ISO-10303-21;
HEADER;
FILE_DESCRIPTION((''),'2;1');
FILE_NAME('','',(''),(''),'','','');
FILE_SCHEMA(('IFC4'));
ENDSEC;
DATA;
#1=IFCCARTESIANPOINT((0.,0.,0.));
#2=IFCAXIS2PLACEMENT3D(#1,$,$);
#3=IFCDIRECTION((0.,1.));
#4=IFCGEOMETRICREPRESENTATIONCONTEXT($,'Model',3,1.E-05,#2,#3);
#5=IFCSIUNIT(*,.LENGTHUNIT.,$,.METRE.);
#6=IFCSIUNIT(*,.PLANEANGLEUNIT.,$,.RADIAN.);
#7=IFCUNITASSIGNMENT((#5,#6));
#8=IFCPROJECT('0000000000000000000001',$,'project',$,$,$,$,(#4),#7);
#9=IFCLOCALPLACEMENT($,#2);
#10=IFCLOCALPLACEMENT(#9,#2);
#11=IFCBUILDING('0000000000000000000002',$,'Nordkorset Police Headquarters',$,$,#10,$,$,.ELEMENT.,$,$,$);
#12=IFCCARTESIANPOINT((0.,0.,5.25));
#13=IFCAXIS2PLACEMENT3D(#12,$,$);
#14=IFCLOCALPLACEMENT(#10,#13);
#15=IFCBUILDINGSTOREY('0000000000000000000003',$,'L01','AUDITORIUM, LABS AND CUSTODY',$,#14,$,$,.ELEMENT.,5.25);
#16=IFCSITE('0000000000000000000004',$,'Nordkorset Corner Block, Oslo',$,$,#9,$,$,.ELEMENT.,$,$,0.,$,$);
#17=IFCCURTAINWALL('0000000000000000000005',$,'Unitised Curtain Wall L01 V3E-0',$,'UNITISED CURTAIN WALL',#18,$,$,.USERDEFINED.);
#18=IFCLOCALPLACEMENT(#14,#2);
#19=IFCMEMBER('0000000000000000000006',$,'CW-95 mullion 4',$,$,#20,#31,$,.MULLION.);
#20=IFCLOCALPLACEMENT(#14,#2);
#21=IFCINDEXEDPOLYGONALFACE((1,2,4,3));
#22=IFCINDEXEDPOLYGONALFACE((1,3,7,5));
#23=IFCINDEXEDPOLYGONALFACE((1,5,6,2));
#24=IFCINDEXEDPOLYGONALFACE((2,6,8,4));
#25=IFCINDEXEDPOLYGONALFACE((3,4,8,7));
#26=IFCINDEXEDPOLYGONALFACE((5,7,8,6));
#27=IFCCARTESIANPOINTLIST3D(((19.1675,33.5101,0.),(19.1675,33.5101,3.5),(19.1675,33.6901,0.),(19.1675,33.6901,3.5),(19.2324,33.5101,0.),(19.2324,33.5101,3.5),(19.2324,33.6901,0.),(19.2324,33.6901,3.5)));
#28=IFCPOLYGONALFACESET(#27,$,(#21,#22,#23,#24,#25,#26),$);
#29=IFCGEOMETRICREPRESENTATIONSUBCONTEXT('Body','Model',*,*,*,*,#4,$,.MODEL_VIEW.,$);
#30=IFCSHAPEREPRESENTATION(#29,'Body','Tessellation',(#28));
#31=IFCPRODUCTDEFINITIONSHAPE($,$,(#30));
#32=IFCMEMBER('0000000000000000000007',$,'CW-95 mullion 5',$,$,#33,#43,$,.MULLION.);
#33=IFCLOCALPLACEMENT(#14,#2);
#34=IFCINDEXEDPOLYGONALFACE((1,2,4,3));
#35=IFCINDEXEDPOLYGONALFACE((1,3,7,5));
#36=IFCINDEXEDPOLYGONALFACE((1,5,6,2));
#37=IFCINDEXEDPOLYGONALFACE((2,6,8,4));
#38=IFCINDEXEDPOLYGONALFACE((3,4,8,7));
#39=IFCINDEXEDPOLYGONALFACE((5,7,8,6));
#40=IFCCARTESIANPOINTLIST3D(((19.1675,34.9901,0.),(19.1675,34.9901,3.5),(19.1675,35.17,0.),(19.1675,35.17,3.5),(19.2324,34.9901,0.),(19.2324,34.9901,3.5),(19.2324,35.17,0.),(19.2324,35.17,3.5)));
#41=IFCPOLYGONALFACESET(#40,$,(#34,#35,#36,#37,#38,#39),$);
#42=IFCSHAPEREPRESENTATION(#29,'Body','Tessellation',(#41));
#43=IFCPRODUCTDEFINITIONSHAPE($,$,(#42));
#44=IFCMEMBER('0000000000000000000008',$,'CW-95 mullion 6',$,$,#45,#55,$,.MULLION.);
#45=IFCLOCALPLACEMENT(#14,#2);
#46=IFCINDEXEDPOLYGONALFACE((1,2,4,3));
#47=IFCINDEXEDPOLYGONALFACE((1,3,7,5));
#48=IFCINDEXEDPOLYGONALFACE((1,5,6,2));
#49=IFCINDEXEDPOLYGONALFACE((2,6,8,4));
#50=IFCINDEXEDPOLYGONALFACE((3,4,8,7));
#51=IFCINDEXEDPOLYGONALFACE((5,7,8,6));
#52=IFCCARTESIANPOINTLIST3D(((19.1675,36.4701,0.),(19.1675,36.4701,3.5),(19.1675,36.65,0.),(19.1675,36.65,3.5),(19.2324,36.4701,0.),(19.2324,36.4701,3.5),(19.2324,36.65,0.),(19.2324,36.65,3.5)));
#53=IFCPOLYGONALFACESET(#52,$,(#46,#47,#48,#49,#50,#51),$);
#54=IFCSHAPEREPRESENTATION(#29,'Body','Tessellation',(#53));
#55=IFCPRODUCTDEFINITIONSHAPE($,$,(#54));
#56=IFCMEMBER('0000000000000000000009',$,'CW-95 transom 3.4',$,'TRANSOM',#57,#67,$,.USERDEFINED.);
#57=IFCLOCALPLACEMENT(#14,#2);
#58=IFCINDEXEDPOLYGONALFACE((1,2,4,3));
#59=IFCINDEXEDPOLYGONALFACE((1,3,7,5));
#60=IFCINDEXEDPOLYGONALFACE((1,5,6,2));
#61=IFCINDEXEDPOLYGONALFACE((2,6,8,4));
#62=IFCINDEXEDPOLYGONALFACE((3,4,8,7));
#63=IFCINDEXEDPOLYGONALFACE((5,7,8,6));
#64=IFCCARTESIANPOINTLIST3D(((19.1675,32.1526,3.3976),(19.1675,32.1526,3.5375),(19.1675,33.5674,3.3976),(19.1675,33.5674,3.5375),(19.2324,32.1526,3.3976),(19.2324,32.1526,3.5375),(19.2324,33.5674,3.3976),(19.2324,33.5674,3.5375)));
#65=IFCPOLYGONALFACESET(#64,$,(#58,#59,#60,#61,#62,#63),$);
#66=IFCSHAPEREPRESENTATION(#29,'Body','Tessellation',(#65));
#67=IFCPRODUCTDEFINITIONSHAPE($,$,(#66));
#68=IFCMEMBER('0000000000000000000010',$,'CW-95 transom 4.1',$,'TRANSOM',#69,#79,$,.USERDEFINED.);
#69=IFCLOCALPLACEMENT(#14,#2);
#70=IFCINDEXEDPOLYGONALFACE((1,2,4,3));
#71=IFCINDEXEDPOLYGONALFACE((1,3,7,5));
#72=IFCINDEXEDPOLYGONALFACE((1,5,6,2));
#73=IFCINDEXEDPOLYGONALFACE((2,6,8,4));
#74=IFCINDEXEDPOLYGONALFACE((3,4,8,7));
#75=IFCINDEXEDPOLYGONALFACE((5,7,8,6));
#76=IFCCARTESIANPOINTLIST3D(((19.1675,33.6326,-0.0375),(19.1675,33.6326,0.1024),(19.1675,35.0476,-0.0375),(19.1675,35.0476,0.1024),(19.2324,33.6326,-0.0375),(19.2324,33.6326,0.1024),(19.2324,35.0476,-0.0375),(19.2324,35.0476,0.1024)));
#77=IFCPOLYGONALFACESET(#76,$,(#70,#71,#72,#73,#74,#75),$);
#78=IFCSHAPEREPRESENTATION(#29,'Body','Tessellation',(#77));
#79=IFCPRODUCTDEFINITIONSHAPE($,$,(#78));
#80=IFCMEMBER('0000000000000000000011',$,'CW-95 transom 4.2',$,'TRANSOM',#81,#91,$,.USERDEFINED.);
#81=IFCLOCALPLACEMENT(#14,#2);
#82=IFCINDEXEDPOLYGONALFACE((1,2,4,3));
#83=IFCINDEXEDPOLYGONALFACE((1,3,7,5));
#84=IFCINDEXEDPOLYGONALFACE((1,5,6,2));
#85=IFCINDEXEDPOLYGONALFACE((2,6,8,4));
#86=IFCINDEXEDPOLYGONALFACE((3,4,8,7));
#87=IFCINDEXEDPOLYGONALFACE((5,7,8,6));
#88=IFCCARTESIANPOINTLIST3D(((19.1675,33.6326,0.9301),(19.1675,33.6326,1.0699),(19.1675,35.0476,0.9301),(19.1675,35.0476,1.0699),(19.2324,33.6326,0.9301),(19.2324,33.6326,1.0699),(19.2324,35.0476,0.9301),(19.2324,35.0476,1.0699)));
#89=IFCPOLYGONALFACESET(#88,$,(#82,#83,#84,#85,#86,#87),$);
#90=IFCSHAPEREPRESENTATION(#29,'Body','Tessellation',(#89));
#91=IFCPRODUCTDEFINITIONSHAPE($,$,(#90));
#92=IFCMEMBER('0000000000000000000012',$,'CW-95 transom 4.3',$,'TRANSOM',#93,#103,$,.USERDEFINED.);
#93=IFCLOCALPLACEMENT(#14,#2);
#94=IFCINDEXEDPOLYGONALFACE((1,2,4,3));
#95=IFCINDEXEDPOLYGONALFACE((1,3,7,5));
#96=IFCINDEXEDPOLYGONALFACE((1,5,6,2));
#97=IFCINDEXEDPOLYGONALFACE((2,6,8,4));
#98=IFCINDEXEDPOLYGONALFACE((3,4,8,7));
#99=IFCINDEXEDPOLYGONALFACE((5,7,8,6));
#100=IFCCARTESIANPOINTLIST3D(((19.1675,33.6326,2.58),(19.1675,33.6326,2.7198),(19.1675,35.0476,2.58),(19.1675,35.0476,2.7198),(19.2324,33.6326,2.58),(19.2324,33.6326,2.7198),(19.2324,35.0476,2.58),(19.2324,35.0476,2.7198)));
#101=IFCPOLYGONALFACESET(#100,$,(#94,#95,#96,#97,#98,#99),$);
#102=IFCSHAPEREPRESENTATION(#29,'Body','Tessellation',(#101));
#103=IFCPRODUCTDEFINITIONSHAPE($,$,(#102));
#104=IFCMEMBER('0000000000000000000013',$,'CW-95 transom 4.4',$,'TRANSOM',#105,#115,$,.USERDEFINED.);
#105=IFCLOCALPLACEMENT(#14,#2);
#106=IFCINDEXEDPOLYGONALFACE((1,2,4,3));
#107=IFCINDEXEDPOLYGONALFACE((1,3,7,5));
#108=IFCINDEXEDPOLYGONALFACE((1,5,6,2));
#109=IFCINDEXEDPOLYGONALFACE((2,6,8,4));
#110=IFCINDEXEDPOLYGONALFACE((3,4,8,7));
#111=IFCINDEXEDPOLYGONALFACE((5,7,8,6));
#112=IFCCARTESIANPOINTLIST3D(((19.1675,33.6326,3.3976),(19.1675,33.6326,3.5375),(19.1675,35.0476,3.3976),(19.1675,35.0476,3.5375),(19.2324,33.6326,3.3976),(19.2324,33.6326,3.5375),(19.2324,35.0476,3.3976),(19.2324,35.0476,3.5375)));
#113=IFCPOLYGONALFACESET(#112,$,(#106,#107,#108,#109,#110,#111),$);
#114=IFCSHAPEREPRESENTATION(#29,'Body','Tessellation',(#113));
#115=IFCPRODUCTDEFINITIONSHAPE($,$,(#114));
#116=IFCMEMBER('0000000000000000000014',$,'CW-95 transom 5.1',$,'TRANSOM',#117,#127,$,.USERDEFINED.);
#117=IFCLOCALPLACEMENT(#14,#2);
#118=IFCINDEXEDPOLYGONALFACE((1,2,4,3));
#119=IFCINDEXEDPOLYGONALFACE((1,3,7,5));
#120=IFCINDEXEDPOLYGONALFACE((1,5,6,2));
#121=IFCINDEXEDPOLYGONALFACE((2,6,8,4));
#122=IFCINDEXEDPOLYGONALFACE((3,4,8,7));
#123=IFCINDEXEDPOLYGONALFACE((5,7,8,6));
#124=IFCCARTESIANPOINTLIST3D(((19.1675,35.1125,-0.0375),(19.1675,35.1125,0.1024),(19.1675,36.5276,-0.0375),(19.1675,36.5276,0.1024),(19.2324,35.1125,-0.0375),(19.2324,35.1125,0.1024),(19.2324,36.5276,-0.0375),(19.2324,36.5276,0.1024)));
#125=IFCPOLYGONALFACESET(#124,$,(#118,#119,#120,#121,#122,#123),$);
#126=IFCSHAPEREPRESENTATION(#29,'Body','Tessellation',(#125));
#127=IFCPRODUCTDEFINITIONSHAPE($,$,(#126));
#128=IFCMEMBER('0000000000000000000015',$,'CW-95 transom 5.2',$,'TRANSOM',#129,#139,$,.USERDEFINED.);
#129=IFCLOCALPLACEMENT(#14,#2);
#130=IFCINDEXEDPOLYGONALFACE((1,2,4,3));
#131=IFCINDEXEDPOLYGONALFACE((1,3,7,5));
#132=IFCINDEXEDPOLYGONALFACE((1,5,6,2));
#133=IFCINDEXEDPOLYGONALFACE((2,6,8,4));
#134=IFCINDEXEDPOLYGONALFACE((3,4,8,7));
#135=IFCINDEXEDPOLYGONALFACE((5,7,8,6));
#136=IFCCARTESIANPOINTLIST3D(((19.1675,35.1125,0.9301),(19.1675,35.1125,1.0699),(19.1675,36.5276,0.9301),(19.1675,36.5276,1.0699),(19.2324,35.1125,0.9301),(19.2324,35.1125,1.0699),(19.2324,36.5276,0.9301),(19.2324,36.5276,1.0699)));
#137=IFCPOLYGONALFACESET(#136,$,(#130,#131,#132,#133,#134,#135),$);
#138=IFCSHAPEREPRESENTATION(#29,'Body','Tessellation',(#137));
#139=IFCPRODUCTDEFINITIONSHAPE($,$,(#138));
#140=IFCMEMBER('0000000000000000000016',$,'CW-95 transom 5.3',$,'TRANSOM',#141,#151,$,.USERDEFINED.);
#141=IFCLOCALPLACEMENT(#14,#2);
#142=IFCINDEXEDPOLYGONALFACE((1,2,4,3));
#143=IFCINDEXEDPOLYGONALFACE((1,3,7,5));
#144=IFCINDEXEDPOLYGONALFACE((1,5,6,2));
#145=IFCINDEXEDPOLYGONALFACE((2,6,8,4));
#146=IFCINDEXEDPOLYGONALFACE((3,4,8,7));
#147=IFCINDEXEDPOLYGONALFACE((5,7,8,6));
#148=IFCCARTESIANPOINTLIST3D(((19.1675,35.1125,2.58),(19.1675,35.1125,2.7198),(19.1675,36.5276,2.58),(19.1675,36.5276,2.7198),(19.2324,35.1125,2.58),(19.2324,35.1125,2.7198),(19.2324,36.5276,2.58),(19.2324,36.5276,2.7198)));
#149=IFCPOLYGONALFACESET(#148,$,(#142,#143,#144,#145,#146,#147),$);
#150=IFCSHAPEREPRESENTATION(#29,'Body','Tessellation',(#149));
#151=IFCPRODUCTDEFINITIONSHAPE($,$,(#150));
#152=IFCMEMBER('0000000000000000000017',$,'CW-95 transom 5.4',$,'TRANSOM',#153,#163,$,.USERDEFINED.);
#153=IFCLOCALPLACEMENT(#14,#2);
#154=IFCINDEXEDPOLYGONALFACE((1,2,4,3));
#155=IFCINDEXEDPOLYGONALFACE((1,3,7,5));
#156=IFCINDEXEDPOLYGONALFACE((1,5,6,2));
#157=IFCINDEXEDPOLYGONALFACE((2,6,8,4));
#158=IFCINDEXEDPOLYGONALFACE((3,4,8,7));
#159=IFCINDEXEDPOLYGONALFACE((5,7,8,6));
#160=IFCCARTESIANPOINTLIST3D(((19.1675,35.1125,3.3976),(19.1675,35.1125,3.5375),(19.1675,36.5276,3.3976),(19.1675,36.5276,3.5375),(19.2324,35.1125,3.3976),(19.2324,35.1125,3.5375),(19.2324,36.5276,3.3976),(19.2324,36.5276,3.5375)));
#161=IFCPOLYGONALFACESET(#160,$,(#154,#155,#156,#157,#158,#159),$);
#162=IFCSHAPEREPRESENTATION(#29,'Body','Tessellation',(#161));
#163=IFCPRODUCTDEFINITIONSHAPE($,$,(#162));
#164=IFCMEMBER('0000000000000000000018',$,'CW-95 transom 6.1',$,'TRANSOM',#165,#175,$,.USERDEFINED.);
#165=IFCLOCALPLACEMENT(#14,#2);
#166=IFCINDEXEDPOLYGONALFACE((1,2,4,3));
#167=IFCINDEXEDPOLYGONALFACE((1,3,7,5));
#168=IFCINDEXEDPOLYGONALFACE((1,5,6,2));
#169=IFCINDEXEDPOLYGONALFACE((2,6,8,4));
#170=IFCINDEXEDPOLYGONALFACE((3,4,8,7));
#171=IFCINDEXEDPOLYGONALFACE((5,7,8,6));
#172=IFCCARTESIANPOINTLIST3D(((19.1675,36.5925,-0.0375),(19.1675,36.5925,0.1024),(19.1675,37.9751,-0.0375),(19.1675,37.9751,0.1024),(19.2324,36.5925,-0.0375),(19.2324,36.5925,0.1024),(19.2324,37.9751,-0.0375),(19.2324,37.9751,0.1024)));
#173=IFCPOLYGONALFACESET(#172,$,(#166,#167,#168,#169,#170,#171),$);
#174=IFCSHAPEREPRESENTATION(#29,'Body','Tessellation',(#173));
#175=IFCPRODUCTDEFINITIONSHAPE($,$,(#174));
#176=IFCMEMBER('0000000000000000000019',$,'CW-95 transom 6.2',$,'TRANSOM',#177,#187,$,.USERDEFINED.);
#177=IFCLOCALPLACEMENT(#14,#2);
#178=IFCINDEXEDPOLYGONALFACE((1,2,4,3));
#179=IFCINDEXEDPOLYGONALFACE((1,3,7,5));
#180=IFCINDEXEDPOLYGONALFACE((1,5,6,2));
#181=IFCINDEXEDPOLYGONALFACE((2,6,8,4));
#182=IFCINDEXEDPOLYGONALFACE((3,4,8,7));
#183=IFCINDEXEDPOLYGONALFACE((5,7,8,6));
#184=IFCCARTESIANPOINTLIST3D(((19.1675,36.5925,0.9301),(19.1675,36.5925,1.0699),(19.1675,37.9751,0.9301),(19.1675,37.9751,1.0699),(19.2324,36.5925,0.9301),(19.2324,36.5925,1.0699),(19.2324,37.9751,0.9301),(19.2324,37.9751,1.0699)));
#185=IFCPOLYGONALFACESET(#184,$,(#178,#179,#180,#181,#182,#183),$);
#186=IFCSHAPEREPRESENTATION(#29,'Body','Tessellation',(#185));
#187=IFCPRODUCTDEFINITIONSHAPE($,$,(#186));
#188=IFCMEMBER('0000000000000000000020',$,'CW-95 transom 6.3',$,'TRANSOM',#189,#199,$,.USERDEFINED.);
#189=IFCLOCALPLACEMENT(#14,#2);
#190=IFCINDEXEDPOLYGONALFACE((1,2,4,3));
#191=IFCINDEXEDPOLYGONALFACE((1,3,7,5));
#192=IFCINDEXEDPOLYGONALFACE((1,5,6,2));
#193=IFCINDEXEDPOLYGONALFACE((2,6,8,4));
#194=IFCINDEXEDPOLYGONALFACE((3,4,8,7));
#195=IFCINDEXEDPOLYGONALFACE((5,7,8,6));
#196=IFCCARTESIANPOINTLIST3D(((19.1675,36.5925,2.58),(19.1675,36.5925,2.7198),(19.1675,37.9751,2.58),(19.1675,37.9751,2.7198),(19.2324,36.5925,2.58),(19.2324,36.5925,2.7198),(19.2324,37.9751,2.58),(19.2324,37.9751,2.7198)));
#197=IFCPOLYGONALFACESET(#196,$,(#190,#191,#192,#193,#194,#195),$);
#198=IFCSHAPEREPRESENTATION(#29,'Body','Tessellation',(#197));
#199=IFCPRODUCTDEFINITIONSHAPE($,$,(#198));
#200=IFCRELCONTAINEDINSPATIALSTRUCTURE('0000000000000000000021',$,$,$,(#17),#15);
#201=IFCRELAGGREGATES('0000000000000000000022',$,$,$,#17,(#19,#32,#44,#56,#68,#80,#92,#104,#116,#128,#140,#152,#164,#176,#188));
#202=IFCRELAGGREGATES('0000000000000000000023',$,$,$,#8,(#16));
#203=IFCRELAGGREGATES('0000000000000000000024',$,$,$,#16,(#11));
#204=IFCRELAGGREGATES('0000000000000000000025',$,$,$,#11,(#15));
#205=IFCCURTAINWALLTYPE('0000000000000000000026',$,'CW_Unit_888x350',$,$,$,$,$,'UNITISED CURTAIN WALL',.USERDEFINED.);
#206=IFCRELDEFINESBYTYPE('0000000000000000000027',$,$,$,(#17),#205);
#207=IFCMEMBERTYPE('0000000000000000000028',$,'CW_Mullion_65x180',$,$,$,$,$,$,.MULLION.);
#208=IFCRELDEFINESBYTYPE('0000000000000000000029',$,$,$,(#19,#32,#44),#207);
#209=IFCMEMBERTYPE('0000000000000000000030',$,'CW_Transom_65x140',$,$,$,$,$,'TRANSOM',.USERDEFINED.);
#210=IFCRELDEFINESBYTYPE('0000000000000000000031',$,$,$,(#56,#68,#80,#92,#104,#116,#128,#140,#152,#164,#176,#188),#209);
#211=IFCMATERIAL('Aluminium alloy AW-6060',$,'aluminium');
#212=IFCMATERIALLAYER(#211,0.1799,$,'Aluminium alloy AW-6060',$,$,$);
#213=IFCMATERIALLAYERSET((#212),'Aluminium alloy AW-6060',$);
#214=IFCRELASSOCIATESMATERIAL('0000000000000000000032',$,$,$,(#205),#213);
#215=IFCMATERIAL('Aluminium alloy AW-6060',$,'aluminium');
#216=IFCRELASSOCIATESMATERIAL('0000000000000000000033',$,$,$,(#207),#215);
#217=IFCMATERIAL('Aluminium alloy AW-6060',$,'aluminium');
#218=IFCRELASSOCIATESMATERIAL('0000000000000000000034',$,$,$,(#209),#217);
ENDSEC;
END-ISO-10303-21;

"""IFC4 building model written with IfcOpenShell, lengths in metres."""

from ifc_helpers import new_model, si_unit, direction, frame, origin, origin_2d, place, context, subcontext, project, spatial, rectangle, extrude, material, layer, layer_set, material_profile, profile_set, type_object, element, aggregate, save


model = new_model("IFC4")

# Units and contexts
model_context = context("Model", 3, precision=1e-05, world=origin(), true_north=direction((0.0, 1.0)))
body_context = subcontext(model_context, "Body", "Model", "MODEL_VIEW")
ifc_project = project(units=[si_unit("LENGTHUNIT", "METRE"), si_unit("PLANEANGLEUNIT", "RADIAN")], contexts=[model_context])

# Site, building, storey
site_placement = place(None, origin())
site = spatial("IfcSite", under=ifc_project, at=site_placement, Name="Nordkorset Corner Block, Oslo", CompositionType="ELEMENT", RefElevation=0.0)
building_placement = place(site_placement, origin())
building = spatial("IfcBuilding", under=site, at=building_placement, Name="Nordkorset Police Headquarters", CompositionType="ELEMENT")
storey_placement = place(building_placement, frame((0.0, 0.0, 5.25)))
storey = spatial("IfcBuildingStorey", under=building, at=storey_placement, Name="L01", Description="AUDITORIUM, LABS AND CUSTODY", CompositionType="ELEMENT", Elevation=5.25)

# Curtain wall, members
ifc_material_1 = material(Name="Aluminium alloy AW-6060", Category="aluminium")
ifc_layer_1 = layer(ifc_material_1, 0.1799, Name="Aluminium alloy AW-6060")
ifc_layer_set_1 = layer_set([ifc_layer_1], Name="Aluminium alloy AW-6060")
curtain_wall_type = type_object("IfcCurtainWallType", Name="CW_Unit_888x350", ElementType="UNITISED CURTAIN WALL", PredefinedType="USERDEFINED", material=ifc_layer_set_1)
curtain_wall_placement = place(storey_placement, origin())
curtain_wall = element("IfcCurtainWall", 1, at=curtain_wall_placement, inside=storey, type_object=curtain_wall_type, Name="Unitised Curtain Wall L01 V3E-0", ObjectType="UNITISED CURTAIN WALL", PredefinedType="USERDEFINED")
ifc_material_2 = material(Name="Aluminium alloy AW-6060", Category="aluminium")
ifc_material_profile_1 = material_profile(ifc_material_2, rectangle(XDim=0.0649, YDim=0.1799, at=origin_2d()), Name="ALU MULL 65x180")
ifc_profile_set_1 = profile_set([ifc_material_profile_1], Name="Aluminium alloy AW-6060")
member_type_1 = type_object("IfcMemberType", Name="CW_Mullion_65x180", PredefinedType="MULLION", material=ifc_profile_set_1)
member_1_placement = place(storey_placement, frame((19.2, 33.6001, 0.0), z_axis=(0.0, 0.0, 1.0), x_axis=(-1.0, 0.0, 0.0)))
member_1 = element("IfcMember", 2, at=member_1_placement, type_object=member_type_1, Name="CW-95 mullion 4", PredefinedType="MULLION", context=body_context, shape_type="SweptSolid", body=[
    extrude(rectangle(XDim=0.0649, YDim=0.1799, at=origin_2d()), origin(), (0.0, 0.0, 1.0), 3.5),
])
member_2_placement = place(storey_placement, frame((19.2, 35.0801, 0.0), z_axis=(0.0, 0.0, 1.0), x_axis=(-1.0, 0.0, 0.0)))
member_2 = element("IfcMember", 3, at=member_2_placement, type_object=member_type_1, Name="CW-95 mullion 5", PredefinedType="MULLION", context=body_context, shape_type="SweptSolid", body=[
    extrude(rectangle(XDim=0.0649, YDim=0.1799, at=origin_2d()), origin(), (0.0, 0.0, 1.0), 3.5),
])
member_3_placement = place(storey_placement, frame((19.2, 36.5601, 0.0), z_axis=(0.0, 0.0, 1.0), x_axis=(-1.0, 0.0, 0.0)))
member_3 = element("IfcMember", 4, at=member_3_placement, type_object=member_type_1, Name="CW-95 mullion 6", PredefinedType="MULLION", context=body_context, shape_type="SweptSolid", body=[
    extrude(rectangle(XDim=0.0649, YDim=0.1799, at=origin_2d()), origin(), (0.0, 0.0, 1.0), 3.5),
])
ifc_material_3 = material(Name="Aluminium alloy AW-6060", Category="aluminium")
ifc_material_profile_2 = material_profile(ifc_material_3, rectangle(XDim=0.0649, YDim=0.1399, at=origin_2d()), Name="ALU TRAN 65x140")
ifc_profile_set_2 = profile_set([ifc_material_profile_2], Name="Aluminium alloy AW-6060")
member_type_2 = type_object("IfcMemberType", Name="CW_Transom_65x140", ElementType="TRANSOM", PredefinedType="USERDEFINED", material=ifc_profile_set_2)
member_4_placement = place(storey_placement, frame((19.2, 32.1526, 3.4675), z_axis=(0.0, 1.0, 0.0), x_axis=(-1.0, 0.0, 0.0)))
member_4 = element("IfcMember", 5, at=member_4_placement, type_object=member_type_2, Name="CW-95 transom 3.4", ObjectType="TRANSOM", PredefinedType="USERDEFINED", context=body_context, shape_type="SweptSolid", body=[
    extrude(rectangle(XDim=0.0649, YDim=0.1399, at=origin_2d()), origin(), (0.0, 0.0, 1.0), 1.4148),
])
member_5_placement = place(storey_placement, frame((19.2, 33.6326, 0.0325), z_axis=(0.0, 1.0, 0.0), x_axis=(-1.0, 0.0, 0.0)))
member_5 = element("IfcMember", 6, at=member_5_placement, type_object=member_type_2, Name="CW-95 transom 4.1", ObjectType="TRANSOM", PredefinedType="USERDEFINED", context=body_context, shape_type="SweptSolid", body=[
    extrude(rectangle(XDim=0.0649, YDim=0.1399, at=origin_2d()), origin(), (0.0, 0.0, 1.0), 1.415),
])
member_6_placement = place(storey_placement, frame((19.2, 33.6326, 1.0), z_axis=(0.0, 1.0, 0.0), x_axis=(-1.0, 0.0, 0.0)))
member_6 = element("IfcMember", 7, at=member_6_placement, type_object=member_type_2, Name="CW-95 transom 4.2", ObjectType="TRANSOM", PredefinedType="USERDEFINED", context=body_context, shape_type="SweptSolid", body=[
    extrude(rectangle(XDim=0.0649, YDim=0.1399, at=origin_2d()), origin(), (0.0, 0.0, 1.0), 1.415),
])
member_7_placement = place(storey_placement, frame((19.2, 33.6326, 2.6499), z_axis=(0.0, 1.0, 0.0), x_axis=(-1.0, 0.0, 0.0)))
member_7 = element("IfcMember", 8, at=member_7_placement, type_object=member_type_2, Name="CW-95 transom 4.3", ObjectType="TRANSOM", PredefinedType="USERDEFINED", context=body_context, shape_type="SweptSolid", body=[
    extrude(rectangle(XDim=0.0649, YDim=0.1399, at=origin_2d()), origin(), (0.0, 0.0, 1.0), 1.415),
])
member_8_placement = place(storey_placement, frame((19.2, 33.6326, 3.4675), z_axis=(0.0, 1.0, 0.0), x_axis=(-1.0, 0.0, 0.0)))
member_8 = element("IfcMember", 9, at=member_8_placement, type_object=member_type_2, Name="CW-95 transom 4.4", ObjectType="TRANSOM", PredefinedType="USERDEFINED", context=body_context, shape_type="SweptSolid", body=[
    extrude(rectangle(XDim=0.0649, YDim=0.1399, at=origin_2d()), origin(), (0.0, 0.0, 1.0), 1.415),
])
member_9_placement = place(storey_placement, frame((19.2, 35.1125, 0.0325), z_axis=(0.0, 1.0, 0.0), x_axis=(-1.0, 0.0, 0.0)))
member_9 = element("IfcMember", 10, at=member_9_placement, type_object=member_type_2, Name="CW-95 transom 5.1", ObjectType="TRANSOM", PredefinedType="USERDEFINED", context=body_context, shape_type="SweptSolid", body=[
    extrude(rectangle(XDim=0.0649, YDim=0.1399, at=origin_2d()), origin(), (0.0, 0.0, 1.0), 1.415),
])
member_10_placement = place(storey_placement, frame((19.2, 35.1125, 1.0), z_axis=(0.0, 1.0, 0.0), x_axis=(-1.0, 0.0, 0.0)))
member_10 = element("IfcMember", 11, at=member_10_placement, type_object=member_type_2, Name="CW-95 transom 5.2", ObjectType="TRANSOM", PredefinedType="USERDEFINED", context=body_context, shape_type="SweptSolid", body=[
    extrude(rectangle(XDim=0.0649, YDim=0.1399, at=origin_2d()), origin(), (0.0, 0.0, 1.0), 1.415),
])
member_11_placement = place(storey_placement, frame((19.2, 35.1125, 2.6499), z_axis=(0.0, 1.0, 0.0), x_axis=(-1.0, 0.0, 0.0)))
member_11 = element("IfcMember", 12, at=member_11_placement, type_object=member_type_2, Name="CW-95 transom 5.3", ObjectType="TRANSOM", PredefinedType="USERDEFINED", context=body_context, shape_type="SweptSolid", body=[
    extrude(rectangle(XDim=0.0649, YDim=0.1399, at=origin_2d()), origin(), (0.0, 0.0, 1.0), 1.415),
])
member_12_placement = place(storey_placement, frame((19.2, 35.1125, 3.4675), z_axis=(0.0, 1.0, 0.0), x_axis=(-1.0, 0.0, 0.0)))
member_12 = element("IfcMember", 13, at=member_12_placement, type_object=member_type_2, Name="CW-95 transom 5.4", ObjectType="TRANSOM", PredefinedType="USERDEFINED", context=body_context, shape_type="SweptSolid", body=[
    extrude(rectangle(XDim=0.0649, YDim=0.1399, at=origin_2d()), origin(), (0.0, 0.0, 1.0), 1.415),
])
member_13_placement = place(storey_placement, frame((19.2, 36.5925, 0.0325), z_axis=(0.0, 1.0, 0.0), x_axis=(-1.0, 0.0, 0.0)))
member_13 = element("IfcMember", 14, at=member_13_placement, type_object=member_type_2, Name="CW-95 transom 6.1", ObjectType="TRANSOM", PredefinedType="USERDEFINED", context=body_context, shape_type="SweptSolid", body=[
    extrude(rectangle(XDim=0.0649, YDim=0.1399, at=origin_2d()), origin(), (0.0, 0.0, 1.0), 1.3826),
])
member_14_placement = place(storey_placement, frame((19.2, 36.5925, 1.0), z_axis=(0.0, 1.0, 0.0), x_axis=(-1.0, 0.0, 0.0)))
member_14 = element("IfcMember", 15, at=member_14_placement, type_object=member_type_2, Name="CW-95 transom 6.2", ObjectType="TRANSOM", PredefinedType="USERDEFINED", context=body_context, shape_type="SweptSolid", body=[
    extrude(rectangle(XDim=0.0649, YDim=0.1399, at=origin_2d()), origin(), (0.0, 0.0, 1.0), 1.3826),
])
member_15_placement = place(storey_placement, frame((19.2, 36.5925, 2.6499), z_axis=(0.0, 1.0, 0.0), x_axis=(-1.0, 0.0, 0.0)))
member_15 = element("IfcMember", 16, at=member_15_placement, type_object=member_type_2, Name="CW-95 transom 6.3", ObjectType="TRANSOM", PredefinedType="USERDEFINED", context=body_context, shape_type="SweptSolid", body=[
    extrude(rectangle(XDim=0.0649, YDim=0.1399, at=origin_2d()), origin(), (0.0, 0.0, 1.0), 1.3826),
])
aggregate(curtain_wall, [member_1, member_2, member_3, member_4, member_5, member_6, member_7, member_8, member_9, member_10, member_11, member_12, member_13, member_14, member_15])

save(model, "model.ifc")
